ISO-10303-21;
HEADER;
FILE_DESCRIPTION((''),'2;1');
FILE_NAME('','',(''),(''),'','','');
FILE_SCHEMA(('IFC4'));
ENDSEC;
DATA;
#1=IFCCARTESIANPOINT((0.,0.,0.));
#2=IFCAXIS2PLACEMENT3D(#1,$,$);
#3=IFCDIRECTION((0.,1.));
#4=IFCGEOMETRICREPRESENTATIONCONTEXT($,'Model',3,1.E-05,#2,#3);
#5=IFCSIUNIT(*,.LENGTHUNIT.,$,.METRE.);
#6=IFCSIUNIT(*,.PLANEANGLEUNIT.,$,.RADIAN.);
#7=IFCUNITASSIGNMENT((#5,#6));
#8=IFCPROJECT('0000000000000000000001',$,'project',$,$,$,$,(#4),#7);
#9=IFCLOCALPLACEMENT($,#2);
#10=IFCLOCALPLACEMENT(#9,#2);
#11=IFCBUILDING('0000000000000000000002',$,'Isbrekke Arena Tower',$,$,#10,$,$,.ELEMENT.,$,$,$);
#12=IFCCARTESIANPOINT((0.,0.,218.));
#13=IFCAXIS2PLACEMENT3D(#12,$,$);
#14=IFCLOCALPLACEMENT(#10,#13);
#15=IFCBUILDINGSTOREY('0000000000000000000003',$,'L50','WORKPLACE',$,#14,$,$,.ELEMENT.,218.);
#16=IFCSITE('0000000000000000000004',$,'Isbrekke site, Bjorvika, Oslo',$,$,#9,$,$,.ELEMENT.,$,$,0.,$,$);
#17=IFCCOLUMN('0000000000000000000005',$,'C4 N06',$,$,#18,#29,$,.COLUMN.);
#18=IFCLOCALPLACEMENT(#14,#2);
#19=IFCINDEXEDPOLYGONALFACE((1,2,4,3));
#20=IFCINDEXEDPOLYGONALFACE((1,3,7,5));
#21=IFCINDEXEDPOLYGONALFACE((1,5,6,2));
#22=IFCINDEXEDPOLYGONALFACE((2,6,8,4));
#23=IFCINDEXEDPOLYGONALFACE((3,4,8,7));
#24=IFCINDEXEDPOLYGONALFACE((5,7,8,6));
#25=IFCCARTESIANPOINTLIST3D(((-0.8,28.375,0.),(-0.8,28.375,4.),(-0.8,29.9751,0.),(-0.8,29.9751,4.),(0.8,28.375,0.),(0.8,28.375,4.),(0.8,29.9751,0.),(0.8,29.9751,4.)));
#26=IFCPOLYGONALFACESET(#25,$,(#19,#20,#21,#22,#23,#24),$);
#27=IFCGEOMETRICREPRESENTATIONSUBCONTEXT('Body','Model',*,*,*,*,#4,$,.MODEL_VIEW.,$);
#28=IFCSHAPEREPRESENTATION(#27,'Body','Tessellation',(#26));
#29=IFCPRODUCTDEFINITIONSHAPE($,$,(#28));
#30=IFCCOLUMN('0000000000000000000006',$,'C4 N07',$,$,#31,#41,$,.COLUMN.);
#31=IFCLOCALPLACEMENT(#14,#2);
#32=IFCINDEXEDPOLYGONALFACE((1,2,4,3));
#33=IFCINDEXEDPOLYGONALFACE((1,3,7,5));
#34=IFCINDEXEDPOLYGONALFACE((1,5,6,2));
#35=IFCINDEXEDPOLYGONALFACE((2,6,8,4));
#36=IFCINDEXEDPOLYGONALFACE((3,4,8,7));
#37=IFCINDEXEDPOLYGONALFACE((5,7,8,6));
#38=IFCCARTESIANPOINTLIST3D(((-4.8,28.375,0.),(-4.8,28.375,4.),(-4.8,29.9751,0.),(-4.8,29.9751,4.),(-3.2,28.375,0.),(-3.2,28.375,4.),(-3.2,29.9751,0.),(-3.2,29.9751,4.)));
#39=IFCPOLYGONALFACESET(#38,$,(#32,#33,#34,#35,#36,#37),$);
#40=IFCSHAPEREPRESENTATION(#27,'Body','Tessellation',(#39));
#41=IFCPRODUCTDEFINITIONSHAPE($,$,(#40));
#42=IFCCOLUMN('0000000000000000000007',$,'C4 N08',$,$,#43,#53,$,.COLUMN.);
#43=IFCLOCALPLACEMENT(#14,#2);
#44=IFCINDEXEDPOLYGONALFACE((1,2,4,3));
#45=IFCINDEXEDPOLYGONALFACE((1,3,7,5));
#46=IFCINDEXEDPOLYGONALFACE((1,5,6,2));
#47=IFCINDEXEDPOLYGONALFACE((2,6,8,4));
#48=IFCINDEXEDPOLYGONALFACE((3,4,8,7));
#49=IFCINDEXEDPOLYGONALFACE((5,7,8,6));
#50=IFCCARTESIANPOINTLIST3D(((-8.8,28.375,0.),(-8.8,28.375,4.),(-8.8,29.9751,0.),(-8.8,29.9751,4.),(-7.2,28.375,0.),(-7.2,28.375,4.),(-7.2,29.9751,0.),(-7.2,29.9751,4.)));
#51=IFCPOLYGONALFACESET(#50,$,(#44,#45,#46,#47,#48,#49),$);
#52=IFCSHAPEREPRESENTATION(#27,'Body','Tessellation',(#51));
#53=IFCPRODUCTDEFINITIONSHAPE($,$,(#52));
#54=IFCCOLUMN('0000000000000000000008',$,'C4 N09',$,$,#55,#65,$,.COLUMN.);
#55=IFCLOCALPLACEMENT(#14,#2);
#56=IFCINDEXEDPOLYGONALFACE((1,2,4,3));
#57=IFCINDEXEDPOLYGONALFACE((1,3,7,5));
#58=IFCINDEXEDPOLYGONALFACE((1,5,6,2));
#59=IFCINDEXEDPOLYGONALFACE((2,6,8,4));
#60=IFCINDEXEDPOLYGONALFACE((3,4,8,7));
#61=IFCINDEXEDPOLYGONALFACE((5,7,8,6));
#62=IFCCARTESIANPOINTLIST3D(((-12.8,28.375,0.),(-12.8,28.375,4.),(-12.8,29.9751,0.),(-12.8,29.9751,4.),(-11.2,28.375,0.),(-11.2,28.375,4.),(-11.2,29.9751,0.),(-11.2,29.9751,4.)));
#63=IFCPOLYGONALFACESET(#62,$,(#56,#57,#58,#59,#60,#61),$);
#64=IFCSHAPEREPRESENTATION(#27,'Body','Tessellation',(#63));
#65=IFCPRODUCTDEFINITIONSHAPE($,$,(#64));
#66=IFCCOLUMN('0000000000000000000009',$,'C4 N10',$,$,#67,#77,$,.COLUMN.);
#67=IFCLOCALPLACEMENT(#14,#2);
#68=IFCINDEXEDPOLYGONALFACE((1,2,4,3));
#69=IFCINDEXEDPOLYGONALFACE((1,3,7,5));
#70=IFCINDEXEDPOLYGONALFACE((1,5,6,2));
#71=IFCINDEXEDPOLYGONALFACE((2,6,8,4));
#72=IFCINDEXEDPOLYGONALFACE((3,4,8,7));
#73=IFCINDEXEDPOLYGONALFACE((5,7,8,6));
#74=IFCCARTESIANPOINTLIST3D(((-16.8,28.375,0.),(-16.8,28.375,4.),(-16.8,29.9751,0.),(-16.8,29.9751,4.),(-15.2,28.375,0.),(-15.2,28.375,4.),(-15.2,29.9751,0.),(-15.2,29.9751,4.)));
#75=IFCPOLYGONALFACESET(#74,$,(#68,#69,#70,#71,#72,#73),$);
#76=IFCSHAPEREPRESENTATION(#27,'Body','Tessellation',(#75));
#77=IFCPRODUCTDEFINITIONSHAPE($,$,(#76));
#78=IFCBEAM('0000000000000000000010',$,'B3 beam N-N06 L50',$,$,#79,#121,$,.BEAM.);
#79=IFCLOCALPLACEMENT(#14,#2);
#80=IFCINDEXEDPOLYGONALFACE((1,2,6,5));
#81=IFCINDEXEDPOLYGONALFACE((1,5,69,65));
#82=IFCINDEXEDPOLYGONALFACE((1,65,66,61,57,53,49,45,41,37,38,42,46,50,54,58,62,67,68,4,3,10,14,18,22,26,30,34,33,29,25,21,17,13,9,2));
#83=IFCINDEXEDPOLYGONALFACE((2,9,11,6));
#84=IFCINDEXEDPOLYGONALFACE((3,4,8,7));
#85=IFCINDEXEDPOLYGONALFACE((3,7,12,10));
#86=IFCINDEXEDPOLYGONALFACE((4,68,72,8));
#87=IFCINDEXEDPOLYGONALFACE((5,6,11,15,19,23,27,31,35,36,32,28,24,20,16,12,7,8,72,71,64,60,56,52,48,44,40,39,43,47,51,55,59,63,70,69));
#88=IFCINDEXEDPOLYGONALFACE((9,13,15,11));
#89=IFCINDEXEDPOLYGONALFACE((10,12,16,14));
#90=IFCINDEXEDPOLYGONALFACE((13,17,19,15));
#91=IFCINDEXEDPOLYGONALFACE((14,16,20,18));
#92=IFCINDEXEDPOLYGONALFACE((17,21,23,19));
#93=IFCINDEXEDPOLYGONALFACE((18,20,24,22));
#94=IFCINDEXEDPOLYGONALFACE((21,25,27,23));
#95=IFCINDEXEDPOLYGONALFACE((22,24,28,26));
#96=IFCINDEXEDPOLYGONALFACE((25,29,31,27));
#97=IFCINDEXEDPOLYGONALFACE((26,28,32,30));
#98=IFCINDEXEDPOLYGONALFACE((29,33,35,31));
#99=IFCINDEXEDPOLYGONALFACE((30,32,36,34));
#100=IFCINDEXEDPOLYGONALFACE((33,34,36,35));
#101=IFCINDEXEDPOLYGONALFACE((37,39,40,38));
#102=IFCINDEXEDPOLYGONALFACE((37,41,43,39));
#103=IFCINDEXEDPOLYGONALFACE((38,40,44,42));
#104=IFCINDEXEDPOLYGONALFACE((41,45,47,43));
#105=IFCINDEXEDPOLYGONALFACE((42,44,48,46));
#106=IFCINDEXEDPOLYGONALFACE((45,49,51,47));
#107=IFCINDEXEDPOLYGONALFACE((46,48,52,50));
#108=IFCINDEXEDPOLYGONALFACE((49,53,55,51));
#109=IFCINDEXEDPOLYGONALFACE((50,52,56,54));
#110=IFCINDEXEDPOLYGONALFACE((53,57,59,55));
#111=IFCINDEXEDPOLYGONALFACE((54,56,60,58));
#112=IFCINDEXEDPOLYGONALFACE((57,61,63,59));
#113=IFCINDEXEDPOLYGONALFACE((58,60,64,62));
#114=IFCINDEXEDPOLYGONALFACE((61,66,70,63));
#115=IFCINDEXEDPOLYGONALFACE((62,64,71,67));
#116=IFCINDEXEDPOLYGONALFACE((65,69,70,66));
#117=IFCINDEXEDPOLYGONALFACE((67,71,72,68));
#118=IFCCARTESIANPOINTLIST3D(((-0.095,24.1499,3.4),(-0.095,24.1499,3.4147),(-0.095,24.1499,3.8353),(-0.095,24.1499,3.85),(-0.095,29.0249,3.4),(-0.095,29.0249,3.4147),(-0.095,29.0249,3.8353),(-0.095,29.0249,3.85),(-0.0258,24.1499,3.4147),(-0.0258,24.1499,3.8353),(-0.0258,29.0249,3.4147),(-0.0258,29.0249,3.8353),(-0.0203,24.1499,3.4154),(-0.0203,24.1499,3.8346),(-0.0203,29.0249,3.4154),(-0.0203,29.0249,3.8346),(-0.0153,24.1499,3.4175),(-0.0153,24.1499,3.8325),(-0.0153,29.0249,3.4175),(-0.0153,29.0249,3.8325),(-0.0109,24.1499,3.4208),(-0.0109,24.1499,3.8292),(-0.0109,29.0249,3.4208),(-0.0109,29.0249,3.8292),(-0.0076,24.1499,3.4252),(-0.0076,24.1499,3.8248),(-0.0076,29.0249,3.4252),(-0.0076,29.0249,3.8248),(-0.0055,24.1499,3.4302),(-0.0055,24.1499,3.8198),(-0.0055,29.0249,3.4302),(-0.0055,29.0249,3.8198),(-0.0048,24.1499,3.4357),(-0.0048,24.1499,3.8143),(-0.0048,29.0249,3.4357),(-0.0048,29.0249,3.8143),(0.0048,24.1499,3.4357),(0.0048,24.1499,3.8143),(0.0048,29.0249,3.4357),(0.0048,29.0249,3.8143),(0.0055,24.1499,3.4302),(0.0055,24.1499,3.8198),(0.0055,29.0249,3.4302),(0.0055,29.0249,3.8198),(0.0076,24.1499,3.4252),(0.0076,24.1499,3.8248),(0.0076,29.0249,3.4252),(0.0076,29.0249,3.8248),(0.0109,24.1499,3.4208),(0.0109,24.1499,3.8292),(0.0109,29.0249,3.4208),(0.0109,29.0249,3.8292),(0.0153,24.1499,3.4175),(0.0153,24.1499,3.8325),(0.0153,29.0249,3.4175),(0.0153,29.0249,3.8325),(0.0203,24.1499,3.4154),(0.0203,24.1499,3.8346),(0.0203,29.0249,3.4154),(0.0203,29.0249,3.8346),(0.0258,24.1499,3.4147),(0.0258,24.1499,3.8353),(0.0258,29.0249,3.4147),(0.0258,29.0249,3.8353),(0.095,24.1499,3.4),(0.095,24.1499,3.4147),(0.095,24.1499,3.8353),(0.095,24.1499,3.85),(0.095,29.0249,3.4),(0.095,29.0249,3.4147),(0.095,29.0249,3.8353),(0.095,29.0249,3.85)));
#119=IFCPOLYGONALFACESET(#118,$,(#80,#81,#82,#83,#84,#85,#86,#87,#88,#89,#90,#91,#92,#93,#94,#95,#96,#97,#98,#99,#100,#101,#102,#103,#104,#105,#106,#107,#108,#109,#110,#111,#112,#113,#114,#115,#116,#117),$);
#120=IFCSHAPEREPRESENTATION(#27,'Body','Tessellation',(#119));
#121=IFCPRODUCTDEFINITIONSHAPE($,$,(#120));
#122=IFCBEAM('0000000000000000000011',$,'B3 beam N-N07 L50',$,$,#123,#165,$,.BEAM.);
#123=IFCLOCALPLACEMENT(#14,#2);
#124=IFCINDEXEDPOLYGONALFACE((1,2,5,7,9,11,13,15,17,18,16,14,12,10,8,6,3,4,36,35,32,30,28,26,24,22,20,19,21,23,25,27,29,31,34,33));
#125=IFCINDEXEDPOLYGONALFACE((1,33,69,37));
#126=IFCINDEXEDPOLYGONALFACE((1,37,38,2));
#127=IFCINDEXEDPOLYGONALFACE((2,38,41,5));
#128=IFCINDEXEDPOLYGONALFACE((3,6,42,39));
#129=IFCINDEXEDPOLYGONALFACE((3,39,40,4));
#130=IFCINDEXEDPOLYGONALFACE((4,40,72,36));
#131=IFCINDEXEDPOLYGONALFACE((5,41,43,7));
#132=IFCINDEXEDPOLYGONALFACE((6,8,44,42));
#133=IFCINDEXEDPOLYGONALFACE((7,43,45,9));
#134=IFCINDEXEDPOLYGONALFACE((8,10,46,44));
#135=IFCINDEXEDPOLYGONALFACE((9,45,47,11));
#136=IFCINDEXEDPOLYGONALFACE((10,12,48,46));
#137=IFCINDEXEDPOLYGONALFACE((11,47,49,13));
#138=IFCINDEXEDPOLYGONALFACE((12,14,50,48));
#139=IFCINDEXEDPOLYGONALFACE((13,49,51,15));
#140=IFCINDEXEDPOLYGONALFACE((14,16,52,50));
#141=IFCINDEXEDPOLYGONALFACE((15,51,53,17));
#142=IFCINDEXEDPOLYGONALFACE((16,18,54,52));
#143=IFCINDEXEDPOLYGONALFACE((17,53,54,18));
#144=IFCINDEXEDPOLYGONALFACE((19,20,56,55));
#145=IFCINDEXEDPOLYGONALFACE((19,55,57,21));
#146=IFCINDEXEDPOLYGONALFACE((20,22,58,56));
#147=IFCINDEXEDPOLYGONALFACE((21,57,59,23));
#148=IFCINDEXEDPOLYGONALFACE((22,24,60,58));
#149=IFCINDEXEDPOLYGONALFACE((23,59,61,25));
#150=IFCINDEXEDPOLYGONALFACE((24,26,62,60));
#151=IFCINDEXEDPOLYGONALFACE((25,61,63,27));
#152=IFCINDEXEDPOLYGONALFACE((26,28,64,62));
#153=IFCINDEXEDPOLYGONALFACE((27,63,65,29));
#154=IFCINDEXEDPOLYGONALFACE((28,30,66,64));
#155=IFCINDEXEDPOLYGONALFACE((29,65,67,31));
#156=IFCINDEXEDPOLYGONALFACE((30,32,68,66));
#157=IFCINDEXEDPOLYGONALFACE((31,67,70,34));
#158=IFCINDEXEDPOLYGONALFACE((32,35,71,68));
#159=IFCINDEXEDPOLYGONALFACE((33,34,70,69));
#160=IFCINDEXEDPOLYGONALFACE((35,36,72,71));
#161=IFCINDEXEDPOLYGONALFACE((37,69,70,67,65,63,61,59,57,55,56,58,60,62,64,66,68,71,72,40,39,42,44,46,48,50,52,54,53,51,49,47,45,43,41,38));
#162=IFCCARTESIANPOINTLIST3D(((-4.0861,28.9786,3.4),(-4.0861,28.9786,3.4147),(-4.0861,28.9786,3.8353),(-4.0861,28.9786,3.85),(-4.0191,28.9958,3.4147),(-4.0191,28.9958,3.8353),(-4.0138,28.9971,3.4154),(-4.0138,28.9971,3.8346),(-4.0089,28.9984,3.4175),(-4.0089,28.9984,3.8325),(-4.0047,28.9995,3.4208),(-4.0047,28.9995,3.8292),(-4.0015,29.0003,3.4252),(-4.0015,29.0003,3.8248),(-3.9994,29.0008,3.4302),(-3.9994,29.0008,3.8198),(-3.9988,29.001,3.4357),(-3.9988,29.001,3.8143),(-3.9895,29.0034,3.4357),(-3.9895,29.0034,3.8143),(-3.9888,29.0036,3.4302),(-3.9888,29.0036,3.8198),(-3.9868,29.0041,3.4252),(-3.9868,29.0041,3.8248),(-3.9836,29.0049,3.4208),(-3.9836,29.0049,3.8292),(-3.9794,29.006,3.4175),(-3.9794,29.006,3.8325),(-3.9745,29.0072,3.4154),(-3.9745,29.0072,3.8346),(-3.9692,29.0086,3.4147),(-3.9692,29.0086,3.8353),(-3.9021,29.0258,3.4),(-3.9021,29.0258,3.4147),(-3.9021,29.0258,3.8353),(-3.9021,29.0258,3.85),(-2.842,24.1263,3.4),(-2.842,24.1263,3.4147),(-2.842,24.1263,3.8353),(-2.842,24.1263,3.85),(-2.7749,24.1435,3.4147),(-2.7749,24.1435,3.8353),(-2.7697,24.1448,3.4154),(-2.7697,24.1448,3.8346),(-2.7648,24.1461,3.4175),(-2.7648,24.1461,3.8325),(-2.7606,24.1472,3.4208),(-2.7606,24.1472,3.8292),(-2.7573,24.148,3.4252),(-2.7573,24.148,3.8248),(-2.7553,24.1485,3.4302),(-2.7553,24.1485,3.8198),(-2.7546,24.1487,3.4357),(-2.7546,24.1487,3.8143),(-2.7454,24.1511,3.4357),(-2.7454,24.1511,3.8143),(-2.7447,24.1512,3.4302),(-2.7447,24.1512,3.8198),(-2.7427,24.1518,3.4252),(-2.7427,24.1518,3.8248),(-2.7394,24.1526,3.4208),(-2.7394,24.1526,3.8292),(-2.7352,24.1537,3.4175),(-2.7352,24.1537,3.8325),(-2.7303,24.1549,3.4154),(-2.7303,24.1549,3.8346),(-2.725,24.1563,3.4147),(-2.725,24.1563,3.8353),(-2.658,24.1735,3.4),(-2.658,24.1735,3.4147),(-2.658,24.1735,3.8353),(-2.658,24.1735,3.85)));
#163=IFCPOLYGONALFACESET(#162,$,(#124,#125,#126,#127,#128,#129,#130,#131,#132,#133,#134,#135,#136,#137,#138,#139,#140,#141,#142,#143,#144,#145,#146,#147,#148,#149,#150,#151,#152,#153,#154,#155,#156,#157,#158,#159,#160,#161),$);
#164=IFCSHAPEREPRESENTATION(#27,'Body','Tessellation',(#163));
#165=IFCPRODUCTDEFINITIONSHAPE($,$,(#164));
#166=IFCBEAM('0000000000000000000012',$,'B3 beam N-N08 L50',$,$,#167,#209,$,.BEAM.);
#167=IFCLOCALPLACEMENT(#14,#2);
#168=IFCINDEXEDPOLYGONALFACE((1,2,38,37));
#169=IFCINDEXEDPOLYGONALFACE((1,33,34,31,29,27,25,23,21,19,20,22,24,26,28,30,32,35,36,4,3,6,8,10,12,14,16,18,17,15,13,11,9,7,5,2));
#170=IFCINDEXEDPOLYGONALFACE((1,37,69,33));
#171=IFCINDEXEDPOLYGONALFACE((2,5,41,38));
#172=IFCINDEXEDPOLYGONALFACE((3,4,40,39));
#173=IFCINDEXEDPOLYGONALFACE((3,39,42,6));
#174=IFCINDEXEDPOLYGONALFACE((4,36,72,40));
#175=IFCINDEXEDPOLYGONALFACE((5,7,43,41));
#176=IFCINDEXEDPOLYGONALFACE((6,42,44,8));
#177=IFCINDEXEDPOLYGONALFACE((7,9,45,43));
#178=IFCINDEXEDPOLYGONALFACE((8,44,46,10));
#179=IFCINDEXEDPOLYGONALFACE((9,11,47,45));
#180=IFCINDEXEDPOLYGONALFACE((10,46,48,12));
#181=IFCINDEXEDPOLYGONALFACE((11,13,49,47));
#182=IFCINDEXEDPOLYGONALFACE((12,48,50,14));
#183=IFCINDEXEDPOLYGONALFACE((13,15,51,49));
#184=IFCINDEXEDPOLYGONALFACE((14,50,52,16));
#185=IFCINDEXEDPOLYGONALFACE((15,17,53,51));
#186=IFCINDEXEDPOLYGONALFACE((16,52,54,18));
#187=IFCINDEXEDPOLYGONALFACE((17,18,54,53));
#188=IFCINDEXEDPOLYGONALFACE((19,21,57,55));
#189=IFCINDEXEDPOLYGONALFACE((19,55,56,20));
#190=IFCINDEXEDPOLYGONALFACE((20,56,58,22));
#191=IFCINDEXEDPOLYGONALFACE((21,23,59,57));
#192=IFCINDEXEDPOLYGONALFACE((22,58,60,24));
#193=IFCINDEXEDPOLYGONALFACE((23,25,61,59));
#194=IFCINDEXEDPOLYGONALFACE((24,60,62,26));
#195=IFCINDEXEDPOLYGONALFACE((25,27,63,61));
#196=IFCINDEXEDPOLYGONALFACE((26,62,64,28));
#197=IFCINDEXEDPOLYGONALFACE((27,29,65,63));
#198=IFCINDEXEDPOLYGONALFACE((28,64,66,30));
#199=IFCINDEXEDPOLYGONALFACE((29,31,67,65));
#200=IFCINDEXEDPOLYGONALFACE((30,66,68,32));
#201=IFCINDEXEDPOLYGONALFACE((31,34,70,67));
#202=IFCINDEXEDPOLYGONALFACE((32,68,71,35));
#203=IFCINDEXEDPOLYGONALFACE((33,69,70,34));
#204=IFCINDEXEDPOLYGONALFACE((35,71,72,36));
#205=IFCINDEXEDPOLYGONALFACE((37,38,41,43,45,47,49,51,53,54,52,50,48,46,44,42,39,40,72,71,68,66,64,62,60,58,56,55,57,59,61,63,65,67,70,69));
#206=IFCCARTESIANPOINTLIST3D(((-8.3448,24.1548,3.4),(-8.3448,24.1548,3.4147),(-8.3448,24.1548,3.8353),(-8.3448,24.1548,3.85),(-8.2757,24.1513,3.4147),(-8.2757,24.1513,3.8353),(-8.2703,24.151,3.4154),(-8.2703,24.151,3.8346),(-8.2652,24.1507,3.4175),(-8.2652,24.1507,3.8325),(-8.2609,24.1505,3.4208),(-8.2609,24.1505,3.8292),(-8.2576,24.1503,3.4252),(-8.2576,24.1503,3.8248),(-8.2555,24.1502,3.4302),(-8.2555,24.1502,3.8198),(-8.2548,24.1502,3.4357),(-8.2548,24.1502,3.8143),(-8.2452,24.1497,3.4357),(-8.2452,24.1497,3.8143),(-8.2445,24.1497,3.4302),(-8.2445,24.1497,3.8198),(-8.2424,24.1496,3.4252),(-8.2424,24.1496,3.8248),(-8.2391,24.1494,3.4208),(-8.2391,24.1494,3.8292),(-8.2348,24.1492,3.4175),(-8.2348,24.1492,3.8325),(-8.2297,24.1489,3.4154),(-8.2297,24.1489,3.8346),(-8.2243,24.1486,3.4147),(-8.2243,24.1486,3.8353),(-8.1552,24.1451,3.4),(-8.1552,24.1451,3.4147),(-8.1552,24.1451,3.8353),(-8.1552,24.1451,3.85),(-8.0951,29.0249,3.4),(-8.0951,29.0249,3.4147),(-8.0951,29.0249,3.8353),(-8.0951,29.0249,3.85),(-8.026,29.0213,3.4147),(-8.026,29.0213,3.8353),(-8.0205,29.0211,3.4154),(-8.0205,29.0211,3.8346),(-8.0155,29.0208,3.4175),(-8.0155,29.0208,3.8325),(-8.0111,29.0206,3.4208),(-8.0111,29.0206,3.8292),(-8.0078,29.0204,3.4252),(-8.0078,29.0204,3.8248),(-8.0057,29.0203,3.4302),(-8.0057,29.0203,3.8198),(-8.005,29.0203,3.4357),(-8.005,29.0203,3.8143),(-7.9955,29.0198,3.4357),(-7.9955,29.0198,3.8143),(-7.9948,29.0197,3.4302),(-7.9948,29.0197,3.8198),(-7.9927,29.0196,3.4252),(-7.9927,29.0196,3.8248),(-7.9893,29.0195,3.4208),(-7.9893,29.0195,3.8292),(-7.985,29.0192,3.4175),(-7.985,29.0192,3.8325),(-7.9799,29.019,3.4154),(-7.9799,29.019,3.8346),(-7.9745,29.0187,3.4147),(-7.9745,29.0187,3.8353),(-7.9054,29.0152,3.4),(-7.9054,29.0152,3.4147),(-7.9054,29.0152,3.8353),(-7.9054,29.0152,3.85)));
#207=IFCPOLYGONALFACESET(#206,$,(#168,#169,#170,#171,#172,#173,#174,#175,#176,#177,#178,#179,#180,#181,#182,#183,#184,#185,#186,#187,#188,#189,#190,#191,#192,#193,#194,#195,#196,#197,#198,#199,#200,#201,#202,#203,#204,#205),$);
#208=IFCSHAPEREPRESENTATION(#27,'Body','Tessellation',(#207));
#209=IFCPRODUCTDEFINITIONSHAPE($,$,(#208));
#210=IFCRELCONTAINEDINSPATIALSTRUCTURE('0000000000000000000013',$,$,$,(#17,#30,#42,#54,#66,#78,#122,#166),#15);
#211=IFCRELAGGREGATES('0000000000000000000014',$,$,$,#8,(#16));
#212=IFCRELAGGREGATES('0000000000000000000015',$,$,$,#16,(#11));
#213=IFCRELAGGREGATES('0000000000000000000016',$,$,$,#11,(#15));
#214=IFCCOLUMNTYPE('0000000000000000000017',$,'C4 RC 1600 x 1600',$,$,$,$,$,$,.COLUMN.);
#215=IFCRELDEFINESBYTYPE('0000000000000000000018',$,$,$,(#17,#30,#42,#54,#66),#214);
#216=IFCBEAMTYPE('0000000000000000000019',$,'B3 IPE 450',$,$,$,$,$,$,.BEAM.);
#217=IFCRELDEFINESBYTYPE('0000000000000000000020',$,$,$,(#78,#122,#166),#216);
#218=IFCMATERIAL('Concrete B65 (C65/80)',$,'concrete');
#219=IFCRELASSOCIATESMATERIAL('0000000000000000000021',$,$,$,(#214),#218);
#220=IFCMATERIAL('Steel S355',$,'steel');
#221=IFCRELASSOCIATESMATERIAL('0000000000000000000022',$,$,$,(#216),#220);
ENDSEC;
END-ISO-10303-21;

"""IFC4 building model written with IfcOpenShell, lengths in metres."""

from ifc_helpers import new_model, si_unit, direction, frame, origin, origin_2d, place, context, subcontext, project, spatial, rectangle, i_section, extrude, material, material_profile, profile_set, type_object, element, save


model = new_model("IFC4")

# Units and contexts
model_context = context("Model", 3, precision=1e-05, world=origin(), true_north=direction((0.0, 1.0)))
body_context = subcontext(model_context, "Body", "Model", "MODEL_VIEW")
ifc_project = project(units=[si_unit("LENGTHUNIT", "METRE"), si_unit("PLANEANGLEUNIT", "RADIAN")], contexts=[model_context])

# Site, building, storey
site_placement = place(None, origin())
site = spatial("IfcSite", under=ifc_project, at=site_placement, Name="Isbrekke site, Bjorvika, Oslo", CompositionType="ELEMENT", RefElevation=0.0)
building_placement = place(site_placement, origin())
building = spatial("IfcBuilding", under=site, at=building_placement, Name="Isbrekke Arena Tower", CompositionType="ELEMENT")
storey_placement = place(building_placement, frame((0.0, 0.0, 218.0)))
storey = spatial("IfcBuildingStorey", under=building, at=storey_placement, Name="L50", Description="WORKPLACE", CompositionType="ELEMENT", Elevation=218.0)

# Columns
ifc_material_1 = material(Name="Concrete B65 (C65/80)", Category="concrete")
ifc_material_profile_1 = material_profile(ifc_material_1, rectangle(XDim=1.6001, YDim=1.6001, at=origin_2d()), Name="RC 1600x1600")
ifc_profile_set_1 = profile_set([ifc_material_profile_1], Name="Concrete B65 (C65/80)")
column_type = type_object("IfcColumnType", Name="C4 RC 1600 x 1600", PredefinedType="COLUMN", material=ifc_profile_set_1)
for number, where, z_axis, x_axis, name in (
    (1, (0.0, 29.175, 0.0), (0.0, 0.0, 1.0), (-1.0, 0.0, 0.0), "C4 N06"),
    (2, (-4.0, 29.175, 0.0), (0.0, 0.0, 1.0), (-1.0, 0.0, 0.0), "C4 N07"),
    (3, (-8.0, 29.175, 0.0), (0.0, 0.0, 1.0), (-1.0, 0.0, 0.0), "C4 N08"),
    (4, (-12.0, 29.175, 0.0), (0.0, 0.0, 1.0), (-1.0, 0.0, 0.0), "C4 N09"),
    (5, (-16.0, 29.175, 0.0), (0.0, 0.0, 1.0), (-1.0, 0.0, 0.0), "C4 N10"),
):
    element("IfcColumn", number, at=place(storey_placement, frame(where, z_axis=z_axis, x_axis=x_axis)), inside=storey, type_object=column_type, Name=name, PredefinedType="COLUMN", context=body_context, shape_type="SweptSolid", body=[
        extrude(rectangle(XDim=1.6001, YDim=1.6001, at=origin_2d()), origin(), (0.0, 0.0, 1.0), 4.0),
    ])

# Beams
ifc_material_2 = material(Name="Steel S355", Category="steel")
ifc_material_profile_2 = material_profile(ifc_material_2, i_section(OverallWidth=0.1899, OverallDepth=0.45, WebThickness=0.0095, FlangeThickness=0.0146, FilletRadius=0.021, at=origin_2d()), Name="IPE 450")
ifc_profile_set_2 = profile_set([ifc_material_profile_2], Name="Steel S355")
beam_type_1 = type_object("IfcBeamType", Name="B3 IPE 450", PredefinedType="BEAM", material=ifc_profile_set_2)
beam_1_placement = place(storey_placement, frame((0.0, 29.0249, 3.625), z_axis=(0.0, -1.0, 0.0), x_axis=(1.0, 0.0, 0.0)))
element("IfcBeam", 6, at=beam_1_placement, inside=storey, type_object=beam_type_1, Name="B3 beam N-N06 L50", PredefinedType="BEAM", context=body_context, shape_type="SweptSolid", body=[
    extrude(i_section(OverallWidth=0.1899, OverallDepth=0.45, WebThickness=0.0095, FlangeThickness=0.0146, FilletRadius=0.021, at=origin_2d()), origin(), (0.0, 0.0, 1.0), 4.875),
])
beam_2_placement = place(storey_placement, frame((-3.9941, 29.0022, 3.625), z_axis=(0.248368, -0.968666, 0.0), x_axis=(0.968666, 0.248368, 0.0)))
element("IfcBeam", 7, at=beam_2_placement, inside=storey, type_object=beam_type_1, Name="B3 beam N-N07 L50", PredefinedType="BEAM", context=body_context, shape_type="SweptSolid", body=[
    extrude(i_section(OverallWidth=0.1899, OverallDepth=0.45, WebThickness=0.0095, FlangeThickness=0.0146, FilletRadius=0.021, at=origin_2d()), origin(), (0.0, 0.0, 1.0), 5.0093),
])
beam_3_placement = place(storey_placement, frame((-8.0002, 29.02, 3.625), z_axis=(-0.051216, -0.998688, 0.0), x_axis=(0.998688, -0.051216, 0.0)))
element("IfcBeam", 8, at=beam_3_placement, inside=storey, type_object=beam_type_1, Name="B3 beam N-N08 L50", PredefinedType="BEAM", context=body_context, shape_type="SweptSolid", body=[
    extrude(i_section(OverallWidth=0.1899, OverallDepth=0.45, WebThickness=0.0095, FlangeThickness=0.0146, FilletRadius=0.021, at=origin_2d()), origin(), (0.0, 0.0, 1.0), 4.8765),
])

save(model, "model.ifc")
